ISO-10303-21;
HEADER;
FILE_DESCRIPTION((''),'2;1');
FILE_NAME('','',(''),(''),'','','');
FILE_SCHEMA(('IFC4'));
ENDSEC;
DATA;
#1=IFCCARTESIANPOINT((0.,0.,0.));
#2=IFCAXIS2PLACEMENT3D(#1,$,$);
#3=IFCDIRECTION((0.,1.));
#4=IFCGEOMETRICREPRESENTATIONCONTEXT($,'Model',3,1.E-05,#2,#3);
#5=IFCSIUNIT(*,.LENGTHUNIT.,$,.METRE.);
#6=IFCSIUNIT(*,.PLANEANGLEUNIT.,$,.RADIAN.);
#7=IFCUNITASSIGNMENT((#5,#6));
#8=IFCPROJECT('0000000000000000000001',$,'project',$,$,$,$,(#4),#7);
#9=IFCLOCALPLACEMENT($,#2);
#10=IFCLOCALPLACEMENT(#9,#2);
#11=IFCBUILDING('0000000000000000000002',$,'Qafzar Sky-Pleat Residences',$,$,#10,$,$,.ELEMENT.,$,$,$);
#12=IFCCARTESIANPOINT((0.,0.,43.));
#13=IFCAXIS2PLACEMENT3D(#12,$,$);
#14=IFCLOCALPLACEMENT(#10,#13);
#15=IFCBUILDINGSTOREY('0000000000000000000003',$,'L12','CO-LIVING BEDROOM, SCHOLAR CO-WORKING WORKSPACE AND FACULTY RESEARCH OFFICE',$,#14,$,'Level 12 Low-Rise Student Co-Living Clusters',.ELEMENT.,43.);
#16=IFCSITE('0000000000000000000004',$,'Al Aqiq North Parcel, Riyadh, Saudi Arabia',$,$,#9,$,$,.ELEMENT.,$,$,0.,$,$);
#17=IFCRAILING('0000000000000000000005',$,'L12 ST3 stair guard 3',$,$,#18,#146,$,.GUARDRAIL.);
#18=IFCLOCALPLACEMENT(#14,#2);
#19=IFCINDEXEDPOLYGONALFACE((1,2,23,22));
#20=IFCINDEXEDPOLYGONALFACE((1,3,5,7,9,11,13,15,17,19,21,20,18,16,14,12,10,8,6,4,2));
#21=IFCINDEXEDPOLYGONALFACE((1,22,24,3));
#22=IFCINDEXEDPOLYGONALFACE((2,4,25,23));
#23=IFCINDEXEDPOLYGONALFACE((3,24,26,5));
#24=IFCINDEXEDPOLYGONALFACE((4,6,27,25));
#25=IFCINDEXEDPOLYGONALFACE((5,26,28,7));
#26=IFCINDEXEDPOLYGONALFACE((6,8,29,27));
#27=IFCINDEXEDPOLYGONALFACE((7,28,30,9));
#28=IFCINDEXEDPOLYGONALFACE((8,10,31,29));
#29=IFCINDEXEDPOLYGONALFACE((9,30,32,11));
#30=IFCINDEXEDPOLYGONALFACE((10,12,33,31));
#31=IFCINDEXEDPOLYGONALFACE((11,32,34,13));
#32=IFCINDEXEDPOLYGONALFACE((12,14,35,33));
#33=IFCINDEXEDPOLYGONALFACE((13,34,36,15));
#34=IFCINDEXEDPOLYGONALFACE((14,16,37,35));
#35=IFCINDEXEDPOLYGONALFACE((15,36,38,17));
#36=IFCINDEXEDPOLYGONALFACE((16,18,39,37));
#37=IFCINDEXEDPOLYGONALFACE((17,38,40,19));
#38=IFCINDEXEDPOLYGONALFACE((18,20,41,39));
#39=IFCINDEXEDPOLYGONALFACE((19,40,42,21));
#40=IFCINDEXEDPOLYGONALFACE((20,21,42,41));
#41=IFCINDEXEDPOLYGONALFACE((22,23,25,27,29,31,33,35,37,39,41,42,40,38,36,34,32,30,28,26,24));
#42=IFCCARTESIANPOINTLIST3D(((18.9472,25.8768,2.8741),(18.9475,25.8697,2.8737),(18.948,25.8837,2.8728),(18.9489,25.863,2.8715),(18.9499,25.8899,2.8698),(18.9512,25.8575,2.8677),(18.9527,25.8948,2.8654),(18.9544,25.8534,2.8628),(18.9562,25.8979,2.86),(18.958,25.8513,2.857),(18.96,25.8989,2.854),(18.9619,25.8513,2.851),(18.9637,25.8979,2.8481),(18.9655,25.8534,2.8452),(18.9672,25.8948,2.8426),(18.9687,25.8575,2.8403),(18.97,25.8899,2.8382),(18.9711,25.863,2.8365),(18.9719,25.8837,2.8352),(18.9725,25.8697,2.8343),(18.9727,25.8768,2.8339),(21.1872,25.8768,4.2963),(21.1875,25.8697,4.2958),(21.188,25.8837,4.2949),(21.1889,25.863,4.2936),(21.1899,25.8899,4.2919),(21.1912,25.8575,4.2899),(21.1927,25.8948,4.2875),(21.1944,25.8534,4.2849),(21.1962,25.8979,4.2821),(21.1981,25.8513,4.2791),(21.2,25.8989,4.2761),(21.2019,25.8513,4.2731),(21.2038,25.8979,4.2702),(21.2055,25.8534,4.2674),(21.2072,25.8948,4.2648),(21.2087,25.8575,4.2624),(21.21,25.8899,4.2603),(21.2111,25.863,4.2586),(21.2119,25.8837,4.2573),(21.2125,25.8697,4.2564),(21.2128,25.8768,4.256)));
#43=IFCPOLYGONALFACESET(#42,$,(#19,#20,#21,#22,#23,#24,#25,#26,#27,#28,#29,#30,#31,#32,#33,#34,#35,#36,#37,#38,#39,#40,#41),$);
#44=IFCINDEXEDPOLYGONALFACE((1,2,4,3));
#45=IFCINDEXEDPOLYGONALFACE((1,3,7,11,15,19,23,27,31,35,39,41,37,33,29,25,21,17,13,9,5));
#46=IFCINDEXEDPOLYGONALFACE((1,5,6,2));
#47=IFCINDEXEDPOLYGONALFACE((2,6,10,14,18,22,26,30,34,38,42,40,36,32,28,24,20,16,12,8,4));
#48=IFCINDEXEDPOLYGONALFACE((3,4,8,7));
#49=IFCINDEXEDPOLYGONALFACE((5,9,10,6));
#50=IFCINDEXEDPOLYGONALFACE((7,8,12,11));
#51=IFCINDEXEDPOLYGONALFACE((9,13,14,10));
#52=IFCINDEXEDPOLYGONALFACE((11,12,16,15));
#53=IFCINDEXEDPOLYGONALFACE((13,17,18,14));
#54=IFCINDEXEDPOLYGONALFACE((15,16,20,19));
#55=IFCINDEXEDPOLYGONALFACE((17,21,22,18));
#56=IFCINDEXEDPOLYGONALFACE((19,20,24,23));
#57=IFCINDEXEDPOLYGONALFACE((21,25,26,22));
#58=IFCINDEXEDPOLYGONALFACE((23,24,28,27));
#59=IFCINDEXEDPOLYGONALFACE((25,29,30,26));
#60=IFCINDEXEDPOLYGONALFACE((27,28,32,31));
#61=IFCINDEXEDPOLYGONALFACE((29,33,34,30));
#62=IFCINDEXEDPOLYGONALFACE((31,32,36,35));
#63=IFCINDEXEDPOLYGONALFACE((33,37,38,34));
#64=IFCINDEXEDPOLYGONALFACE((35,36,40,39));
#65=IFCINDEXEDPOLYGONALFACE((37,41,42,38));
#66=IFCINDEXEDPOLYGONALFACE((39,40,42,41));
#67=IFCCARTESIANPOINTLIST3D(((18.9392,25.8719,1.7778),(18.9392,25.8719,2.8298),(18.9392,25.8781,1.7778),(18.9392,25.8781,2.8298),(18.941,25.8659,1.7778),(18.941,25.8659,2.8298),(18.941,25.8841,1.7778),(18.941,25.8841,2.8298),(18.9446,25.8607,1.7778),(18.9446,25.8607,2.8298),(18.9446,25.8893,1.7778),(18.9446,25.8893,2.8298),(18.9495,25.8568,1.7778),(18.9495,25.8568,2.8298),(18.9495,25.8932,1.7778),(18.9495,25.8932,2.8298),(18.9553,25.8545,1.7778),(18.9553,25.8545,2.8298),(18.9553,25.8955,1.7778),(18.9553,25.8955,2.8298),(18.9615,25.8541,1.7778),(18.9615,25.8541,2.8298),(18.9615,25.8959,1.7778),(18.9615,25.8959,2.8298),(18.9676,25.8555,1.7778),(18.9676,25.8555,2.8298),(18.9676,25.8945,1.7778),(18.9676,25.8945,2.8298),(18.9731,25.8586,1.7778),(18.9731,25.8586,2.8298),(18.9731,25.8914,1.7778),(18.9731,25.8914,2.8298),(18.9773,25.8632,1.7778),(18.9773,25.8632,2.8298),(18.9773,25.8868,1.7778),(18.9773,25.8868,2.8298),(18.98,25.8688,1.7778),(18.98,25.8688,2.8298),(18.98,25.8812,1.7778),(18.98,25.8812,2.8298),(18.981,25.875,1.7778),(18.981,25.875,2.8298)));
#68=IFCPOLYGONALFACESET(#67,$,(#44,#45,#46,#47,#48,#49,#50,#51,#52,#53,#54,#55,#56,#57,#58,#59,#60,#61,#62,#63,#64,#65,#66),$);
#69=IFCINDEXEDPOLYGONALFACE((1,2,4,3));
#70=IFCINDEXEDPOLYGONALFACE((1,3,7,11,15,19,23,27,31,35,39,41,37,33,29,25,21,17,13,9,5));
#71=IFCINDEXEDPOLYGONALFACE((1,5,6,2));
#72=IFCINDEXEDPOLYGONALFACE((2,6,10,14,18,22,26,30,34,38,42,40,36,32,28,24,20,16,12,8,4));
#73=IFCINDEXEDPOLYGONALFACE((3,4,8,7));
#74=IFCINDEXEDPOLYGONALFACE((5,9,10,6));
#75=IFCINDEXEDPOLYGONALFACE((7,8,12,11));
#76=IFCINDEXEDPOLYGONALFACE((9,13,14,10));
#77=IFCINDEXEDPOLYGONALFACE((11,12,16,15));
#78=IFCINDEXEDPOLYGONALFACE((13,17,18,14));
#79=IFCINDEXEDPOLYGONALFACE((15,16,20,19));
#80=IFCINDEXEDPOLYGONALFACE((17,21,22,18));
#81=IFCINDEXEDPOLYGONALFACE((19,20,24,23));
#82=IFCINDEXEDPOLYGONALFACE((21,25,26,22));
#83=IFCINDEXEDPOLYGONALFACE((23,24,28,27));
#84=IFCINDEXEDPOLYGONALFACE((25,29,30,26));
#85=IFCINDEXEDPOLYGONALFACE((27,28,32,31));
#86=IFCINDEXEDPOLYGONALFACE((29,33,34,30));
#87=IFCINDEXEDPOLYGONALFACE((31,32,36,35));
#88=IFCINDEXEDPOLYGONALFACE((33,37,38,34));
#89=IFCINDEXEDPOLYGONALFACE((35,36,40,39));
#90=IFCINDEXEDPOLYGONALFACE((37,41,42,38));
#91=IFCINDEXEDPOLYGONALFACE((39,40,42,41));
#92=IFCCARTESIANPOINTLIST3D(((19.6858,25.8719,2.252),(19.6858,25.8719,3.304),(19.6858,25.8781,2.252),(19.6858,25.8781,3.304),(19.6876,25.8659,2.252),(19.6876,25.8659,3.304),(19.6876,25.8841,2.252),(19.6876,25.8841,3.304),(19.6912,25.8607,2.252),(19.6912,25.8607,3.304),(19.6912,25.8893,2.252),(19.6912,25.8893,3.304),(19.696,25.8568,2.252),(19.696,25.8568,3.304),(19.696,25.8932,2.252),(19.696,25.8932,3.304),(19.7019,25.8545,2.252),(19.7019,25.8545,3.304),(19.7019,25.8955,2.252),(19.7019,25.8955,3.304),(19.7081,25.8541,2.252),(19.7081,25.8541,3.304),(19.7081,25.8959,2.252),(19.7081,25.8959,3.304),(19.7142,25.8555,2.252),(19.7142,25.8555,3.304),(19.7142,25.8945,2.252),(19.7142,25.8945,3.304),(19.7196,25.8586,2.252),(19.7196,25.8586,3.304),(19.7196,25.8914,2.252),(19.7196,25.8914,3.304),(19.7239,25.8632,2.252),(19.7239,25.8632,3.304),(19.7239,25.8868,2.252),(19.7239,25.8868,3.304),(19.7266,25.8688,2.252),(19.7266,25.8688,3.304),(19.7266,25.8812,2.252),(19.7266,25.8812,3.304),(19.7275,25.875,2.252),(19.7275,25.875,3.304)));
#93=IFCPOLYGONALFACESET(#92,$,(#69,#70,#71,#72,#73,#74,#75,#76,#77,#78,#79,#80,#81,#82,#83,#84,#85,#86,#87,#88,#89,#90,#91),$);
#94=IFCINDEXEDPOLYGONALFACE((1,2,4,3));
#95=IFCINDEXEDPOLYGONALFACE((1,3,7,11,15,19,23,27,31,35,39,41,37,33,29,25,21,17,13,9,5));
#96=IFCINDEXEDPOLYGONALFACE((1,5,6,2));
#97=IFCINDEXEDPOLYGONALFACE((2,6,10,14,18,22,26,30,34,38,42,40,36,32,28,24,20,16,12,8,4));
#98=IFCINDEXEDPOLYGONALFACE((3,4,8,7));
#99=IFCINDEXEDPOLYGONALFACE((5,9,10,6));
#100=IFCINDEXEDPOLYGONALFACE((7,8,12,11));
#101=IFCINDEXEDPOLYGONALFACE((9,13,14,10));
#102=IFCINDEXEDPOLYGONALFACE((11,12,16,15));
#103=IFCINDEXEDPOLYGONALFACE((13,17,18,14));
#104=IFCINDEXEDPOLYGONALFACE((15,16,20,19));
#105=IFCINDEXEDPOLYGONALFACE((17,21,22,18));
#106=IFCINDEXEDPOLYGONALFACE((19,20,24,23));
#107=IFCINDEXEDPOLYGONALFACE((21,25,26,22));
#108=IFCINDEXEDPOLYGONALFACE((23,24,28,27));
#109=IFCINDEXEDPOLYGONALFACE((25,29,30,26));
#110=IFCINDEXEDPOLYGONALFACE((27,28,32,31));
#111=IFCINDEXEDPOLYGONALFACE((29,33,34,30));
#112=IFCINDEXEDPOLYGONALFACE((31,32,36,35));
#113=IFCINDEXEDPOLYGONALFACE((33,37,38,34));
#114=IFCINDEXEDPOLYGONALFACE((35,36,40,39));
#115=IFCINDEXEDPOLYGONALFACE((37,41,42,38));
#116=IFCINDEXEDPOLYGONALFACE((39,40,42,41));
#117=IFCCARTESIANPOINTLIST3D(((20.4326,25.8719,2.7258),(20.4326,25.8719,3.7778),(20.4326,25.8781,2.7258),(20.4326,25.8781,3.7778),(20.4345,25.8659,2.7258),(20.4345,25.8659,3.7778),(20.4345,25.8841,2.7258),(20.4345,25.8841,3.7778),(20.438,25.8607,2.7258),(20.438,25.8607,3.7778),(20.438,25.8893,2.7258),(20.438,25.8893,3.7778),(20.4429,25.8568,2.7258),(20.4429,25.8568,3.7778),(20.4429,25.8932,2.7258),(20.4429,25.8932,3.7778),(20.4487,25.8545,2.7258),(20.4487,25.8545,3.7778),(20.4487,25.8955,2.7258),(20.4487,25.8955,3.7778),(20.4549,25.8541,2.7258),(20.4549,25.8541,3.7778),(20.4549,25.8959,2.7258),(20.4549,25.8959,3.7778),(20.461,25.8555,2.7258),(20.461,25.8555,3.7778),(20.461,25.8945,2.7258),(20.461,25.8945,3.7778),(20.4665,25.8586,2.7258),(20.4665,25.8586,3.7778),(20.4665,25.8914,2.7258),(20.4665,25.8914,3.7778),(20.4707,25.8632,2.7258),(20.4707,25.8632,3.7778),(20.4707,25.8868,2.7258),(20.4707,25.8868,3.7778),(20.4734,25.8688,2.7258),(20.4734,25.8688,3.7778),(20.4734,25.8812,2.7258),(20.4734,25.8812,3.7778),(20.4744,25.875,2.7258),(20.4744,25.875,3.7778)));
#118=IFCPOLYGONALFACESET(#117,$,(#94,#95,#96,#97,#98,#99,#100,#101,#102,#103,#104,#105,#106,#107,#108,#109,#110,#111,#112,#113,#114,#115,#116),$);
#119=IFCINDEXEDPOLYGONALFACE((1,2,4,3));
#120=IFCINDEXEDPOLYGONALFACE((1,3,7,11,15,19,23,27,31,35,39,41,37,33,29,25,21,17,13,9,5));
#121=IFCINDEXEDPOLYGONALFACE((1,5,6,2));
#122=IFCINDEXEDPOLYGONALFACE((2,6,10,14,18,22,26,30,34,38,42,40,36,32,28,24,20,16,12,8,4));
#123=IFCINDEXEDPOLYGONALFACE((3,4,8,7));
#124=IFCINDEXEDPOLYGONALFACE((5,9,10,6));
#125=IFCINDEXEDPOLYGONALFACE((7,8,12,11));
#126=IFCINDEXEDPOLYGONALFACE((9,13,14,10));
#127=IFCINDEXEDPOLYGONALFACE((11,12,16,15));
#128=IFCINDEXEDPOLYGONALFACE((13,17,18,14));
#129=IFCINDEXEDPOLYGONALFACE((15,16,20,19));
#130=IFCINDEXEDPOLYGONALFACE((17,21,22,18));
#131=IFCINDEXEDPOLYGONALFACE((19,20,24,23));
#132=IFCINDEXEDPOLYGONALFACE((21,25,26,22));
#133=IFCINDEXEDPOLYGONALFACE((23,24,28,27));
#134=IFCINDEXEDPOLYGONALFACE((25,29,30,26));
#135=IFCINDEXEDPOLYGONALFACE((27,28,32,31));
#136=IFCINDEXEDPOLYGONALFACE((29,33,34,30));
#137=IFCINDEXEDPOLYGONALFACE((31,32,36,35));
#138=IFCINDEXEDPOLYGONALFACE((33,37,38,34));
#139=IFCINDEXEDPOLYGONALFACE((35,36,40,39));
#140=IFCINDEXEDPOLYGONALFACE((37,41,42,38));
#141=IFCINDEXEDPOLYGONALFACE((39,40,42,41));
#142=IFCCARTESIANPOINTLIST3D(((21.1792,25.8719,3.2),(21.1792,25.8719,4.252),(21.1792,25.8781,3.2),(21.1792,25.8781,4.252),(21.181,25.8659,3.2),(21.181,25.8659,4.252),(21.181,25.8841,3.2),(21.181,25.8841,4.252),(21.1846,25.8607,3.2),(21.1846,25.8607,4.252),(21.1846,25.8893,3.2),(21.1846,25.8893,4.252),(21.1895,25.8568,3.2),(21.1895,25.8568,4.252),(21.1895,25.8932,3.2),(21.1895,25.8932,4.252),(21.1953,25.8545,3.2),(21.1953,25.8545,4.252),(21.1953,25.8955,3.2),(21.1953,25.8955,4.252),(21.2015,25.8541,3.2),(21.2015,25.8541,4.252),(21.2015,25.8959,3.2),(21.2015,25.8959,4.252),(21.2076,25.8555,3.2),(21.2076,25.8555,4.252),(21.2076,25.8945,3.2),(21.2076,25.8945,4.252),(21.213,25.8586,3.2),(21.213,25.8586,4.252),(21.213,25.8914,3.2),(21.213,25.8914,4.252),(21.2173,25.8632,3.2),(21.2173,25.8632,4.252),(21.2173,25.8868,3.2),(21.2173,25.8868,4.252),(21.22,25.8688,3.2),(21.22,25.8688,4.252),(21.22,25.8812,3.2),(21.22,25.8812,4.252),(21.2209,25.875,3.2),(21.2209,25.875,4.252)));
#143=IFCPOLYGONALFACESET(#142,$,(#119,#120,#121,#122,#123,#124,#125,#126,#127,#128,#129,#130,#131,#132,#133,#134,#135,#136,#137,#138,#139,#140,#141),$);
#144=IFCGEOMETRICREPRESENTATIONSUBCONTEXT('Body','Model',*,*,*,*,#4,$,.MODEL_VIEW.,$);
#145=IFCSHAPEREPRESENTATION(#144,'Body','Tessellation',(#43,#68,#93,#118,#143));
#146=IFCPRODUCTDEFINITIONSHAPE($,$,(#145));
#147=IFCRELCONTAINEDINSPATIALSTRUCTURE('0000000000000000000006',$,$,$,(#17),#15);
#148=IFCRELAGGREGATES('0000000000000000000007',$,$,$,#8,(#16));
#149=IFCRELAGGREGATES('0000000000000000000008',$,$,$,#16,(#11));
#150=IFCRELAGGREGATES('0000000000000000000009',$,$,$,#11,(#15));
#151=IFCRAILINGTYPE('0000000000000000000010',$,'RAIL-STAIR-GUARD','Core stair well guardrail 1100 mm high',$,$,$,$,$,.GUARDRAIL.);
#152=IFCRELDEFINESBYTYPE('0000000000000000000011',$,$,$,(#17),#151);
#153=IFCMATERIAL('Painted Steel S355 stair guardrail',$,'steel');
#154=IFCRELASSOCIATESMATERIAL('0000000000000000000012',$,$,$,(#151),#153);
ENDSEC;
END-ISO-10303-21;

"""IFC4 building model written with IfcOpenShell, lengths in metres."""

from ifc_helpers import new_model, si_unit, direction, frame, origin, origin_2d, place, context, subcontext, project, spatial, circle, extrude, source, transform, mapped, material, type_object, element, save


model = new_model("IFC4")

# Units and contexts
model_context = context("Model", 3, precision=1e-05, world=origin(), true_north=direction((0.0, 1.0)))
body_context = subcontext(model_context, "Body", "Model", "MODEL_VIEW")
ifc_project = project(units=[si_unit("LENGTHUNIT", "METRE"), si_unit("PLANEANGLEUNIT", "RADIAN")], contexts=[model_context])

# Site, building, storey
site_placement = place(None, origin())
site = spatial("IfcSite", under=ifc_project, at=site_placement, Name="Al Aqiq North Parcel, Riyadh, Saudi Arabia", CompositionType="ELEMENT", RefElevation=0.0)
building_placement = place(site_placement, origin())
building = spatial("IfcBuilding", under=site, at=building_placement, Name="Qafzar Sky-Pleat Residences", CompositionType="ELEMENT")
storey_placement = place(building_placement, frame((0.0, 0.0, 43.0)))
storey = spatial("IfcBuildingStorey", under=building, at=storey_placement, Name="L12", Description="CO-LIVING BEDROOM, SCHOLAR CO-WORKING WORKSPACE AND FACULTY RESEARCH OFFICE", LongName="Level 12 Low-Rise Student Co-Living Clusters", CompositionType="ELEMENT", Elevation=43.0)

# Railing
ifc_material_1 = material(Name="Painted Steel S355 stair guardrail", Category="steel")
railing_type = type_object("IfcRailingType", Name="RAIL-STAIR-GUARD", Description="Core stair well guardrail 1100 mm high", PredefinedType="GUARDRAIL", material=ifc_material_1)
shared_shape_1 = source(origin(), body_context, "Body", "SweptSolid", [
    extrude(circle(Radius=0.0239, at=origin_2d()), frame((0.0, 0.0, 1.0762), z_axis=(0.844229, 0.0, 0.535982), x_axis=(0.0, 1.0, 0.0)), (0.0, 0.0, 1.0), 2.6533),
    extrude(circle(Radius=0.021, at=origin_2d()), origin(), (0.0, 0.0, 1.0), 1.052),
    extrude(circle(Radius=0.021, at=origin_2d()), frame((0.7466, 0.0, 0.4741)), (0.0, 0.0, 1.0), 1.052),
    extrude(circle(Radius=0.021, at=origin_2d()), frame((1.4934, 0.0, 0.948)), (0.0, 0.0, 1.0), 1.052),
    extrude(circle(Radius=0.021, at=origin_2d()), frame((2.24, 0.0, 1.4221)), (0.0, 0.0, 1.0), 1.052),
])
railing_1_placement = place(storey_placement, frame((18.96, 25.875, 1.7778)))
element("IfcRailing", 1, at=railing_1_placement, inside=storey, type_object=railing_type, Name="L12 ST3 stair guard 3", PredefinedType="GUARDRAIL", context=body_context, shape_type="MappedRepresentation", body=[
    mapped(shared_shape_1, transform((0.0, 0.0, 0.0), x_axis=(1.0, 0.0, 0.0), y_axis=(0.0, 1.0, 0.0), z_axis=(0.0, 0.0, 1.0), scale=1.0)),
])

save(model, "model.ifc")
